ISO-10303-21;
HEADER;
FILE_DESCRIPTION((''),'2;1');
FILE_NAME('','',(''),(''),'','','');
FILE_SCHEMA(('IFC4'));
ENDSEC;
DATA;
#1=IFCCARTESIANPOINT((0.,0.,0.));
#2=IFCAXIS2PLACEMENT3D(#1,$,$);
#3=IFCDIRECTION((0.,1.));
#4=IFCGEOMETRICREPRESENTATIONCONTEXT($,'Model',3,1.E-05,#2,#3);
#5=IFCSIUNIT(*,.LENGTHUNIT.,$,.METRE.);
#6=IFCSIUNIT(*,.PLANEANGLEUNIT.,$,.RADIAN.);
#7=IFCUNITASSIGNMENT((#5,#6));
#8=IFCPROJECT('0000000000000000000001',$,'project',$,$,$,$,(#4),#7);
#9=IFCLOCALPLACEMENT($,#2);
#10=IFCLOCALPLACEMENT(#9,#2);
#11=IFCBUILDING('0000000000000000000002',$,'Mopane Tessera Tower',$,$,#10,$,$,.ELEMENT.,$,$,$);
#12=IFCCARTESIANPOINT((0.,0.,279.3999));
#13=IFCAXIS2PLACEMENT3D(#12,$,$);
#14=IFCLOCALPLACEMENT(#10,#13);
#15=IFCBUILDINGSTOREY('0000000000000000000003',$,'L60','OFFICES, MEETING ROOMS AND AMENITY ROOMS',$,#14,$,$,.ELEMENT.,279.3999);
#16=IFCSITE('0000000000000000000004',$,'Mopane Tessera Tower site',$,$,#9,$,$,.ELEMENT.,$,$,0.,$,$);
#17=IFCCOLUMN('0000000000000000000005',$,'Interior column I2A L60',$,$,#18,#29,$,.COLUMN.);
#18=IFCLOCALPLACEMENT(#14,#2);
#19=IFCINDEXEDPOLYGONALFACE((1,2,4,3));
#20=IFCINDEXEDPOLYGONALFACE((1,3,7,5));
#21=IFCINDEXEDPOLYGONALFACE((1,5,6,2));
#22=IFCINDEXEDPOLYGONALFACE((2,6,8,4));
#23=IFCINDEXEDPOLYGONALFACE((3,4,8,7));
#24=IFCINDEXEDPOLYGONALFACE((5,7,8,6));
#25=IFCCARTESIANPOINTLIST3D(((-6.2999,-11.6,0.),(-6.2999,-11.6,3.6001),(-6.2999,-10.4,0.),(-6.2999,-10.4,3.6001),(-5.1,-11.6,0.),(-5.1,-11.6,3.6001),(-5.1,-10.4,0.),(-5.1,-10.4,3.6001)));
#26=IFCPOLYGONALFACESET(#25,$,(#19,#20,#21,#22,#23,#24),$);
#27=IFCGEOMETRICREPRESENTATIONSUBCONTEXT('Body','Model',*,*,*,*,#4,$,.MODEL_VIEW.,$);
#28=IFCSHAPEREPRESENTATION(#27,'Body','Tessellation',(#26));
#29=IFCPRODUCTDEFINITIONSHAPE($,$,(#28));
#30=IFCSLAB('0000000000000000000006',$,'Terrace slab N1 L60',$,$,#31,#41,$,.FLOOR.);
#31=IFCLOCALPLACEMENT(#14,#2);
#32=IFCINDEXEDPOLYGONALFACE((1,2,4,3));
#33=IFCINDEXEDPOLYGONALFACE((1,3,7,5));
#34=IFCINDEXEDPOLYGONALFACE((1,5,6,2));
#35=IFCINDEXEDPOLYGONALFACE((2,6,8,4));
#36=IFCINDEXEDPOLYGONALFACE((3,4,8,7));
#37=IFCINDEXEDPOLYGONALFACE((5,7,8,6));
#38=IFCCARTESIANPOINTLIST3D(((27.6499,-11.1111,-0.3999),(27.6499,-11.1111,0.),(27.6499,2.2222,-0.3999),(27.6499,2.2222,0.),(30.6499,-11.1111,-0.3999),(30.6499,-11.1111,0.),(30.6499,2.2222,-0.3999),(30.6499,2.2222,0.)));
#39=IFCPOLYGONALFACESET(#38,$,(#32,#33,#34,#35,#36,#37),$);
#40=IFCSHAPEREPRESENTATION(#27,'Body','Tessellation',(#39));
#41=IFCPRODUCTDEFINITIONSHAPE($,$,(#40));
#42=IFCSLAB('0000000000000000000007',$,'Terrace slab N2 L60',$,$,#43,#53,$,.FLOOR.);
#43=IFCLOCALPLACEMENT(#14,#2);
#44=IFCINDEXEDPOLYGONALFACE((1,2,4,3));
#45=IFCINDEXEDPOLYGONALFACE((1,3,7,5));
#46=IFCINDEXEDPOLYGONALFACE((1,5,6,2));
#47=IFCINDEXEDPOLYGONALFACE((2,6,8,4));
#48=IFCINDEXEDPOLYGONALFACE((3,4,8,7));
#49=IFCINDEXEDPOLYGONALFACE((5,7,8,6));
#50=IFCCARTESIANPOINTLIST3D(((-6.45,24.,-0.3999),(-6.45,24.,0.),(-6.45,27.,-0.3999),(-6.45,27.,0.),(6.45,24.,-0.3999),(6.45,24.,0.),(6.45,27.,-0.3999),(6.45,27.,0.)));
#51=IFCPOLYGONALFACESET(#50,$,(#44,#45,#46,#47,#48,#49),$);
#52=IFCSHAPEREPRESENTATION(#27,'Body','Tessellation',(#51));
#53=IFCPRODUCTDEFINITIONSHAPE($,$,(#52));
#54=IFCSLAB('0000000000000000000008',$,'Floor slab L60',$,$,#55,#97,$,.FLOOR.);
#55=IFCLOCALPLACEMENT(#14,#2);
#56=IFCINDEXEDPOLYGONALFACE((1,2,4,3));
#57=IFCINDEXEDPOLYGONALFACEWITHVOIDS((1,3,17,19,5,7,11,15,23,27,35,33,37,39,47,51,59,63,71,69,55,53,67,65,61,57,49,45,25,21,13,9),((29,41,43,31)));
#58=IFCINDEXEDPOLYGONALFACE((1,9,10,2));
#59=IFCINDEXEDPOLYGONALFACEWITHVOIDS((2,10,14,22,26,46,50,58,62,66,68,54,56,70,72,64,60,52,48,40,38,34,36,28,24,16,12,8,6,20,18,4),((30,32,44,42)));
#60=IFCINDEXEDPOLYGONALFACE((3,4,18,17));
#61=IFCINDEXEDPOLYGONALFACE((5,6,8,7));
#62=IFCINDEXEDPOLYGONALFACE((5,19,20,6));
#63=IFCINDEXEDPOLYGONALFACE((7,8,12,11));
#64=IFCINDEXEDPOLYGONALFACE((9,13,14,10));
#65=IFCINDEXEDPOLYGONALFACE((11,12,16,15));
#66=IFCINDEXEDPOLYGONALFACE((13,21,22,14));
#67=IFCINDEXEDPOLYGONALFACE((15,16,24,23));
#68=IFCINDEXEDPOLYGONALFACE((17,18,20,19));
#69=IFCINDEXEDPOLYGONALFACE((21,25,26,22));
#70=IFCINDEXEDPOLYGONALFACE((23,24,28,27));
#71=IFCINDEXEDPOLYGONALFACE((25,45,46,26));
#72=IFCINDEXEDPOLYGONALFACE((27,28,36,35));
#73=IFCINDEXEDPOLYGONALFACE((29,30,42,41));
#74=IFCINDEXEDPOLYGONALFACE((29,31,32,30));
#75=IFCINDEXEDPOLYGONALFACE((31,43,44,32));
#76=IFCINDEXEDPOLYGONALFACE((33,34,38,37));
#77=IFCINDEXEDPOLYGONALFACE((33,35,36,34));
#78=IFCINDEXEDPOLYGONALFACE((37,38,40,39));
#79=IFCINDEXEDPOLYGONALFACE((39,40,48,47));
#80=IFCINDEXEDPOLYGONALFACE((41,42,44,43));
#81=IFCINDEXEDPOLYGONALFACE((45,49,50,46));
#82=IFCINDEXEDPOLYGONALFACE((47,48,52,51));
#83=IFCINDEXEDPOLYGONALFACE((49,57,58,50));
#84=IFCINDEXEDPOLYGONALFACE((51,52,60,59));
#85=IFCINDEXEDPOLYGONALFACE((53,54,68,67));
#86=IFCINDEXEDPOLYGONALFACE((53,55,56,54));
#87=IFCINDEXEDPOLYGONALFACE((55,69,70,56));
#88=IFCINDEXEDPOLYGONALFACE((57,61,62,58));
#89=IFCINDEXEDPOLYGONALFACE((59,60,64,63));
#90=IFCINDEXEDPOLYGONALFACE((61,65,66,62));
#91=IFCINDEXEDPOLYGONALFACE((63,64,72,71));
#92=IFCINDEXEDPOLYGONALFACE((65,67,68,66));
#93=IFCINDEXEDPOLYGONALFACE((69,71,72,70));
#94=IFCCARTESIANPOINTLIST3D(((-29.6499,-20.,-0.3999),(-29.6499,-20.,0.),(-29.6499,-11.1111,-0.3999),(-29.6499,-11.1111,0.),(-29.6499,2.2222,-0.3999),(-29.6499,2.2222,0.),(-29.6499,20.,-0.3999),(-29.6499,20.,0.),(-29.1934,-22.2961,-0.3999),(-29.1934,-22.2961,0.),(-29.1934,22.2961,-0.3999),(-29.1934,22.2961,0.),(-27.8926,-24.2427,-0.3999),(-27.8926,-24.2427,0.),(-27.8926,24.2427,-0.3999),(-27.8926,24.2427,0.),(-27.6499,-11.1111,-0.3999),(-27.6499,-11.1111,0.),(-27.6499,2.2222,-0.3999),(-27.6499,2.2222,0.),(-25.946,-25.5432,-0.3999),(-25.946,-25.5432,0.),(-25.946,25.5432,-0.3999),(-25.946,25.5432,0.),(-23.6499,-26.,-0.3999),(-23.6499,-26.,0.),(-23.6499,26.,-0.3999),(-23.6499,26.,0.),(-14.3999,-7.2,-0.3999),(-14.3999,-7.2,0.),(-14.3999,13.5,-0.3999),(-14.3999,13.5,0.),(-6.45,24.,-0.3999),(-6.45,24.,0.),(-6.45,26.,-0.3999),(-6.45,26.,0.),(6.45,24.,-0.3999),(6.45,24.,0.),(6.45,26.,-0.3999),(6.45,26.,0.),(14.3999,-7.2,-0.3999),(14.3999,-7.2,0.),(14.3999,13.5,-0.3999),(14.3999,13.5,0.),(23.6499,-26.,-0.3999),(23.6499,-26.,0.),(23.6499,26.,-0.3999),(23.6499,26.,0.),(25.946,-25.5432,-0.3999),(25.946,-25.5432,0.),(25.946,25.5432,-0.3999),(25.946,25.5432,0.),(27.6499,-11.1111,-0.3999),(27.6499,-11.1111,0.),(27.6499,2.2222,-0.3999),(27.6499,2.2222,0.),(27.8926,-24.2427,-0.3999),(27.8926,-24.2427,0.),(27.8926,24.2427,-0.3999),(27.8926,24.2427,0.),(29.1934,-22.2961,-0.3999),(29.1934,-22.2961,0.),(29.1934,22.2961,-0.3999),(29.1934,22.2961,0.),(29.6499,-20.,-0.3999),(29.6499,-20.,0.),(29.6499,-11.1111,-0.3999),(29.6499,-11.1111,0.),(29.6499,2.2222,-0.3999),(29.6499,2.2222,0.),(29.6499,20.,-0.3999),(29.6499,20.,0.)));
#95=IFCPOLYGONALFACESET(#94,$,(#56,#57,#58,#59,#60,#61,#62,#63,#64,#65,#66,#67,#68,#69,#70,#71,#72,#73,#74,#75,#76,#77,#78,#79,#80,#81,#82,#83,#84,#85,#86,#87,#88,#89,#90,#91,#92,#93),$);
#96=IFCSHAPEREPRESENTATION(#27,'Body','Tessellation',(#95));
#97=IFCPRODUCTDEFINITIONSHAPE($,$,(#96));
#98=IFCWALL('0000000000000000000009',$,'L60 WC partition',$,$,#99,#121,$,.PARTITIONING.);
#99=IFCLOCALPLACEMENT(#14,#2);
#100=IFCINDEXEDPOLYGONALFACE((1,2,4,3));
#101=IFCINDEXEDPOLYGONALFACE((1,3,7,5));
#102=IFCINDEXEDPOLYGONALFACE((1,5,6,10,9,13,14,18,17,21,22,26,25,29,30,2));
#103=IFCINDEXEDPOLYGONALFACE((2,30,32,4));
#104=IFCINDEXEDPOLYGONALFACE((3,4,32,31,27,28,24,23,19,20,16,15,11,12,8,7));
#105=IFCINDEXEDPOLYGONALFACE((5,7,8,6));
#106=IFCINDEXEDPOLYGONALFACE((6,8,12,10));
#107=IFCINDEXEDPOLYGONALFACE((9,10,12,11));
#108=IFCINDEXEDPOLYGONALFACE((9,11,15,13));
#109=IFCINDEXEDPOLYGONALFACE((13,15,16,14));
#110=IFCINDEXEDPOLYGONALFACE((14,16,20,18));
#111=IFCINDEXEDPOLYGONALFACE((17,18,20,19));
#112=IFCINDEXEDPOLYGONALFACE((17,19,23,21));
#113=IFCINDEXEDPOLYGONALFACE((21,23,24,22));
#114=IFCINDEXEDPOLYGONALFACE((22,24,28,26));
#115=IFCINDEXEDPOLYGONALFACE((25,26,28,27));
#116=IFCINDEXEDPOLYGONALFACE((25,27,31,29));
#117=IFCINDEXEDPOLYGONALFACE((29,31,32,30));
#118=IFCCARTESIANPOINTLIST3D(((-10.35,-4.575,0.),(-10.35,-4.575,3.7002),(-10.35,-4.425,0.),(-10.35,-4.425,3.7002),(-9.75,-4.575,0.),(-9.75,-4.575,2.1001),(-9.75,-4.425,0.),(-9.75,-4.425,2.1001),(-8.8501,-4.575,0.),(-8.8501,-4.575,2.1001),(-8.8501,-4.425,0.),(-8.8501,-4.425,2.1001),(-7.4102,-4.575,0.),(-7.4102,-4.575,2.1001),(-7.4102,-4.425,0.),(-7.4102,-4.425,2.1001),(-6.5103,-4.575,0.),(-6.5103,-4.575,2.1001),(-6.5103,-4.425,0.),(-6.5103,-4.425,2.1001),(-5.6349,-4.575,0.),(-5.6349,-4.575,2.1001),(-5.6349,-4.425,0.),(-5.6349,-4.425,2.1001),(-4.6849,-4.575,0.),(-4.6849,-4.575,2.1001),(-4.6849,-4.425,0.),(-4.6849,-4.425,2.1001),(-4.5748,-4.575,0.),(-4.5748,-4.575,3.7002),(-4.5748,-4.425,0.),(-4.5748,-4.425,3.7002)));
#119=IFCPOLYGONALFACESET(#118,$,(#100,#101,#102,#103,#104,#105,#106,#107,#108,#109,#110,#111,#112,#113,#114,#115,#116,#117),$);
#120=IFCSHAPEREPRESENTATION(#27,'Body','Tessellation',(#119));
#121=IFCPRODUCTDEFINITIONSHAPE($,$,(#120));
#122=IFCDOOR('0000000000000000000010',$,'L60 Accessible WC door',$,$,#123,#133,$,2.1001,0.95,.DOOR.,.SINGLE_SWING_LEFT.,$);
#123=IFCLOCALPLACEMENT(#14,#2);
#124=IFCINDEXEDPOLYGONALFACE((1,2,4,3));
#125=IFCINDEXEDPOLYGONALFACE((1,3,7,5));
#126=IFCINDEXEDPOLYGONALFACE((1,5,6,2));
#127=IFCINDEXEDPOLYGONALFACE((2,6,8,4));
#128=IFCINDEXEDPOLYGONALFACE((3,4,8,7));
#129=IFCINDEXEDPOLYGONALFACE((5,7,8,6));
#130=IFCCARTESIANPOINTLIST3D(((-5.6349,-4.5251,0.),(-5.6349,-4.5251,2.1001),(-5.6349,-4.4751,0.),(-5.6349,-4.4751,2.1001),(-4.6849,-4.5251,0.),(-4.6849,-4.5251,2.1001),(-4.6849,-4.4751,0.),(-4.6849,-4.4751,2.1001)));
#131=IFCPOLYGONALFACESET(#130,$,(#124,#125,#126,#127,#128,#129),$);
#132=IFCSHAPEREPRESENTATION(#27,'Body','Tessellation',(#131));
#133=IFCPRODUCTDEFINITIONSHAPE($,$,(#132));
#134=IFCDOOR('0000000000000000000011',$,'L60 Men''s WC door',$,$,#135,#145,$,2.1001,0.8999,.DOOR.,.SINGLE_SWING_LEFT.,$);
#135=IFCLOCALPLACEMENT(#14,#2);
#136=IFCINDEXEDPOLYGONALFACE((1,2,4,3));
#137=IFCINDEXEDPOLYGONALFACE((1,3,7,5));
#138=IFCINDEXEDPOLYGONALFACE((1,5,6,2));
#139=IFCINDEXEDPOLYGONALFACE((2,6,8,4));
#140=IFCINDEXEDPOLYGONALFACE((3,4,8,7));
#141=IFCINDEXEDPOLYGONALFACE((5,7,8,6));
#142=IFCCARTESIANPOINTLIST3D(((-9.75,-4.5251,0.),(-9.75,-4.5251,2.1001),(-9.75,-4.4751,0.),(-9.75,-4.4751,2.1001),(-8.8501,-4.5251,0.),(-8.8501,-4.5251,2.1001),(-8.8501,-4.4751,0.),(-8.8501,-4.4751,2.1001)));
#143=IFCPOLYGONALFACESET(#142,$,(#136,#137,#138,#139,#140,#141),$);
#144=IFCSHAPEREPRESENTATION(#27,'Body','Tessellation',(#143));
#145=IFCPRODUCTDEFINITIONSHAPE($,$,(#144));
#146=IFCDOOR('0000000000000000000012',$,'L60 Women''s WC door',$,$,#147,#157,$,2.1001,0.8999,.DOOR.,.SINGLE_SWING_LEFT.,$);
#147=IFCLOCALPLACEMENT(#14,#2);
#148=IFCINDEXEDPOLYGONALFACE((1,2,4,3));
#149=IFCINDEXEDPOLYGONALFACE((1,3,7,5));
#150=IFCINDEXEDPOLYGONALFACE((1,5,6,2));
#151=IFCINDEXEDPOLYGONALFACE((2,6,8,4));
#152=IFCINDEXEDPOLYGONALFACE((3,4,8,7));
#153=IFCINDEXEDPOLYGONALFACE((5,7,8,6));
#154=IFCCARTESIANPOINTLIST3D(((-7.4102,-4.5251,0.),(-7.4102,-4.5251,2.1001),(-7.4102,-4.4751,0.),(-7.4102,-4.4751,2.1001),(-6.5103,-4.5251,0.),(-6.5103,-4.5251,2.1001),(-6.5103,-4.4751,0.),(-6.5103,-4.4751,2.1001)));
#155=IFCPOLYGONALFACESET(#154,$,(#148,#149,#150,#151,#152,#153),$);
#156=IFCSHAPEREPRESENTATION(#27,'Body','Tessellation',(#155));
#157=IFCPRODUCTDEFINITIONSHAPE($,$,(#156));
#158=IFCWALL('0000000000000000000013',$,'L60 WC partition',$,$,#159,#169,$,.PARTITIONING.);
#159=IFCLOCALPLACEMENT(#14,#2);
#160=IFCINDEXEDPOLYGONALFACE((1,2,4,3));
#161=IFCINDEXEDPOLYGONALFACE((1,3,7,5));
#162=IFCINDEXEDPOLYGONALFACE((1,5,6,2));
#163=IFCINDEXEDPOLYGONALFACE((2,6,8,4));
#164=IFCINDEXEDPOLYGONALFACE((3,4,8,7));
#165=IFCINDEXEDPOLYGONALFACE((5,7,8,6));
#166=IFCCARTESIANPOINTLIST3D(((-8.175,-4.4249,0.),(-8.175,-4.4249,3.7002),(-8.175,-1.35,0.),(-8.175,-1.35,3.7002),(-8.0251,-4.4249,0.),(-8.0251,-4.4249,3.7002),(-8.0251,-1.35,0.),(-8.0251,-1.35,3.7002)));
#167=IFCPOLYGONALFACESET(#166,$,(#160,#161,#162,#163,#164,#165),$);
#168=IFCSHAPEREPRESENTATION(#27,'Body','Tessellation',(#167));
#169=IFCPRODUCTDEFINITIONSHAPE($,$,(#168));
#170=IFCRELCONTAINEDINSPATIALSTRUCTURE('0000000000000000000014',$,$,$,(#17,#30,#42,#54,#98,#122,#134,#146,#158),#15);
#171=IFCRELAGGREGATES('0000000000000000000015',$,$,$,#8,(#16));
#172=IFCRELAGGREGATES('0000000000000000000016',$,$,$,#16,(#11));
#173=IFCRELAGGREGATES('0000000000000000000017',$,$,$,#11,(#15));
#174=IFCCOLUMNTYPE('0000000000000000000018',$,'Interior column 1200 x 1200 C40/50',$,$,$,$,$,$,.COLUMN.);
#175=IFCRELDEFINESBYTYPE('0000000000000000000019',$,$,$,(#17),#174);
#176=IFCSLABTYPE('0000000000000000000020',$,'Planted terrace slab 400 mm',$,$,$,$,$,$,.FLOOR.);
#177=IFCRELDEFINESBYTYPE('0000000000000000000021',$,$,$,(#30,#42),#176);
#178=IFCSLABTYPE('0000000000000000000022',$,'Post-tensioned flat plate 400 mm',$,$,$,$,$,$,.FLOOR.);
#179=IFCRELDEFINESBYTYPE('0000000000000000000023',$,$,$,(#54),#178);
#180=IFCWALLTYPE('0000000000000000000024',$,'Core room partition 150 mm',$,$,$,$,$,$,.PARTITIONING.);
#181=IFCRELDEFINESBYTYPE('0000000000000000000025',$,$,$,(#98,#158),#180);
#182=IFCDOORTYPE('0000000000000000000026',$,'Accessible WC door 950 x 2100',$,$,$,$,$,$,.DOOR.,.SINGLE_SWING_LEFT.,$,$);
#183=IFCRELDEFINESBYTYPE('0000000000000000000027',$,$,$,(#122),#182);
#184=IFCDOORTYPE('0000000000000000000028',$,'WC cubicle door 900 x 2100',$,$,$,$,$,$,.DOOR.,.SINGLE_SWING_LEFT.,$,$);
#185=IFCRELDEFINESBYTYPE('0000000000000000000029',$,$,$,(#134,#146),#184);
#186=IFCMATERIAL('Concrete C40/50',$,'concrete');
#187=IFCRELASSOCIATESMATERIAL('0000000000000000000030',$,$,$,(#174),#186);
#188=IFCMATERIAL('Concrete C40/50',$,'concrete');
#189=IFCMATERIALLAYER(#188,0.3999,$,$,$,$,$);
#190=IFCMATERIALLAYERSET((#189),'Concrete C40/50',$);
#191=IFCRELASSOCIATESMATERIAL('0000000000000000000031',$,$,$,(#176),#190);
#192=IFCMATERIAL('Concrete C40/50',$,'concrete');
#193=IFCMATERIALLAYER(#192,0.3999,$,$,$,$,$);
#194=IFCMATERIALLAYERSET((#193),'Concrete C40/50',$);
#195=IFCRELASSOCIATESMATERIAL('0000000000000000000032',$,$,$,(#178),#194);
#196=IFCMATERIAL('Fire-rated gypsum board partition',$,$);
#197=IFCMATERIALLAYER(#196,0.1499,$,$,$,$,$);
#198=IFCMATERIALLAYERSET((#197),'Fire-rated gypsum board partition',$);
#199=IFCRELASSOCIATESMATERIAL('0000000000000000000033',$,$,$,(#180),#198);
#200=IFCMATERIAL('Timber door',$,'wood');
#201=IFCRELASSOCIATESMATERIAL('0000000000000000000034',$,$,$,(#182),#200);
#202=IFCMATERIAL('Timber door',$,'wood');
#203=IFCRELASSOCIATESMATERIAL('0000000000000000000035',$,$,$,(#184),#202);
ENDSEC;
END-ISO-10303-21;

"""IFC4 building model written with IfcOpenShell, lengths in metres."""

from ifc_helpers import new_model, si_unit, direction, frame, frame_2d, origin, origin_2d, place, context, subcontext, project, spatial, polyline, rectangle, outline, extrude, material, layer, layer_set, material_profile, profile_set, type_object, element, fill, save


model = new_model("IFC4")

# Units and contexts
model_context = context("Model", 3, precision=1e-05, world=origin(), true_north=direction((0.0, 1.0)))
body_context = subcontext(model_context, "Body", "Model", "MODEL_VIEW")
ifc_project = project(units=[si_unit("LENGTHUNIT", "METRE"), si_unit("PLANEANGLEUNIT", "RADIAN")], contexts=[model_context])

# Site, building, storey
site_placement = place(None, origin())
site = spatial("IfcSite", under=ifc_project, at=site_placement, Name="Mopane Tessera Tower site", CompositionType="ELEMENT", RefElevation=0.0)
building_placement = place(site_placement, origin())
building = spatial("IfcBuilding", under=site, at=building_placement, Name="Mopane Tessera Tower", CompositionType="ELEMENT")
storey_placement = place(building_placement, frame((0.0, 0.0, 279.3999)))
storey = spatial("IfcBuildingStorey", under=building, at=storey_placement, Name="L60", Description="OFFICES, MEETING ROOMS AND AMENITY ROOMS", CompositionType="ELEMENT", Elevation=279.3999)

# Column
ifc_material_1 = material(Name="Concrete C40/50", Category="concrete")
ifc_material_profile = material_profile(ifc_material_1, rectangle(XDim=1.2, YDim=1.2, at=origin_2d()))
ifc_profile_set = profile_set([ifc_material_profile], Name="Concrete C40/50")
column_type = type_object("IfcColumnType", Name="Interior column 1200 x 1200 C40/50", PredefinedType="COLUMN", material=ifc_profile_set)
column_placement = place(storey_placement, frame((-5.7, -11.0, 0.0), z_axis=(0.0, 0.0, 1.0), x_axis=(1.0, 0.0, 0.0)))
element("IfcColumn", 1, at=column_placement, inside=storey, type_object=column_type, Name="Interior column I2A L60", PredefinedType="COLUMN", context=body_context, shape_type="SweptSolid", body=[
    extrude(rectangle(XDim=1.2, YDim=1.2, at=origin_2d()), origin(), (0.0, 0.0, 1.0), 3.6001),
])

# Slabs
ifc_material_2 = material(Name="Concrete C40/50", Category="concrete")
ifc_layer_1 = layer(ifc_material_2, 0.3999)
ifc_layer_set_1 = layer_set([ifc_layer_1], Name="Concrete C40/50")
slab_type_1 = type_object("IfcSlabType", Name="Planted terrace slab 400 mm", PredefinedType="FLOOR", material=ifc_layer_set_1)
slab_1_placement = place(storey_placement, frame((0.0, 0.0, -0.3999)))
element("IfcSlab", 2, at=slab_1_placement, inside=storey, type_object=slab_type_1, Name="Terrace slab N1 L60", PredefinedType="FLOOR", context=body_context, shape_type="SweptSolid", body=[
    extrude(outline(polyline([(30.6499, 2.2222), (27.6499, 2.2222), (27.6499, -11.1111), (30.6499, -11.1111), (30.6499, 2.2222)])), origin(), (0.0, 0.0, 1.0), 0.3999),
])
slab_2_placement = place(storey_placement, frame((0.0, 0.0, -0.3999)))
element("IfcSlab", 3, at=slab_2_placement, inside=storey, type_object=slab_type_1, Name="Terrace slab N2 L60", PredefinedType="FLOOR", context=body_context, shape_type="SweptSolid", body=[
    extrude(outline(polyline([(-6.45, 27.0), (-6.45, 24.0), (6.45, 24.0), (6.45, 27.0), (-6.45, 27.0)])), origin(), (0.0, 0.0, 1.0), 0.3999),
])
ifc_material_3 = material(Name="Concrete C40/50", Category="concrete")
ifc_layer_2 = layer(ifc_material_3, 0.3999)
ifc_layer_set_2 = layer_set([ifc_layer_2], Name="Concrete C40/50")
slab_type_2 = type_object("IfcSlabType", Name="Post-tensioned flat plate 400 mm", PredefinedType="FLOOR", material=ifc_layer_set_2)
slab_3_placement = place(storey_placement, frame((0.0, 0.0, -0.3999)))
element("IfcSlab", 4, at=slab_3_placement, inside=storey, type_object=slab_type_2, Name="Floor slab L60", PredefinedType="FLOOR", context=body_context, shape_type="SweptSolid", body=[
    extrude(outline(polyline([(29.6499, -20.0), (29.6499, -11.1111), (27.6499, -11.1111), (27.6499, 2.2222), (29.6499, 2.2222), (29.6499, 20.0), (29.1934, 22.2961), (27.8926, 24.2427), (25.946, 25.5432), (23.6499, 26.0), (6.45, 26.0), (6.45, 24.0), (-6.45, 24.0), (-6.45, 26.0), (-23.6499, 26.0), (-25.946, 25.5432), (-27.8926, 24.2427), (-29.1934, 22.2961), (-29.6499, 20.0), (-29.6499, 2.2222), (-27.6499, 2.2222), (-27.6499, -11.1111), (-29.6499, -11.1111), (-29.6499, -20.0), (-29.1934, -22.2961), (-27.8926, -24.2427), (-25.946, -25.5432), (-23.6499, -26.0), (23.6499, -26.0), (25.946, -25.5432), (27.8926, -24.2427), (29.1934, -22.2961), (29.6499, -20.0)]), holes=[polyline([(14.3999, -7.2), (-14.3999, -7.2), (-14.3999, 13.5), (14.3999, 13.5), (14.3999, -7.2)])]), origin(), (0.0, 0.0, 1.0), 0.3999),
])

# Wall, openings, doors
ifc_material_4 = material(Name="Fire-rated gypsum board partition")
ifc_layer_3 = layer(ifc_material_4, 0.1499)
ifc_layer_set_3 = layer_set([ifc_layer_3], Name="Fire-rated gypsum board partition")
wall_type_1 = type_object("IfcWallType", Name="Core room partition 150 mm", PredefinedType="PARTITIONING", material=ifc_layer_set_3)
wall_1_placement = place(storey_placement, frame((-10.3501, -4.5, 0.0), z_axis=(0.0, 0.0, 1.0), x_axis=(1.0, 0.0, 0.0)))
wall_1 = element("IfcWall", 5, at=wall_1_placement, inside=storey, type_object=wall_type_1, Name="L60 WC partition", PredefinedType="PARTITIONING", context=body_context, shape_type="SweptSolid", body=[
    extrude(rectangle(XDim=5.7751, YDim=0.1499, at=frame_2d((2.8877, 0.0))), origin(), (0.0, 0.0, 1.0), 3.7002),
])
opening_1_placement = place(wall_1_placement, frame((0.6001, 0.0, 0.0)))
opening_1 = element("IfcOpeningElement", 6, at=opening_1_placement, cuts=wall_1, PredefinedType="OPENING", context=body_context, shape_type="SweptSolid", body=[
    extrude(rectangle(XDim=0.8999, YDim=2.1001, at=frame_2d((0.45, 1.05))), frame((0.0, 0.0869, 0.0), z_axis=(0.0, -1.0, 0.0), x_axis=(1.0, 0.0, 0.0)), (0.0, 0.0, 1.0), 0.1738),
])
opening_2_placement = place(wall_1_placement, frame((2.9399, 0.0, 0.0)))
opening_2 = element("IfcOpeningElement", 7, at=opening_2_placement, cuts=wall_1, PredefinedType="OPENING", context=body_context, shape_type="SweptSolid", body=[
    extrude(rectangle(XDim=0.8999, YDim=2.1001, at=frame_2d((0.45, 1.05))), frame((0.0, 0.0869, 0.0), z_axis=(0.0, -1.0, 0.0), x_axis=(1.0, 0.0, 0.0)), (0.0, 0.0, 1.0), 0.1738),
])
opening_3_placement = place(wall_1_placement, frame((4.7151, 0.0, 0.0)))
opening_3 = element("IfcOpeningElement", 8, at=opening_3_placement, cuts=wall_1, PredefinedType="OPENING", context=body_context, shape_type="SweptSolid", body=[
    extrude(rectangle(XDim=0.95, YDim=2.1001, at=frame_2d((0.4751, 1.05))), frame((0.0, 0.0869, 0.0), z_axis=(0.0, -1.0, 0.0), x_axis=(1.0, 0.0, 0.0)), (0.0, 0.0, 1.0), 0.1738),
])
ifc_material_5 = material(Name="Timber door", Category="wood")
door_type_1 = type_object("IfcDoorType", Name="Accessible WC door 950 x 2100", OperationType="SINGLE_SWING_LEFT", PredefinedType="DOOR", material=ifc_material_5)
door_1_placement = place(opening_3_placement, origin())
door_1 = element("IfcDoor", 9, at=door_1_placement, inside=storey, type_object=door_type_1, Name="L60 Accessible WC door", OperationType="SINGLE_SWING_LEFT", OverallHeight=2.1001, OverallWidth=0.95, PredefinedType="DOOR", context=body_context, shape_type="SweptSolid", body=[
    extrude(rectangle(XDim=0.95, YDim=2.1001, at=frame_2d((0.4751, 1.05))), frame((0.0, 0.0249, 0.0), z_axis=(0.0, -1.0, 0.0), x_axis=(1.0, 0.0, 0.0)), (0.0, 0.0, 1.0), 0.05),
])
fill(opening_3, door_1)
ifc_material_6 = material(Name="Timber door", Category="wood")
door_type_2 = type_object("IfcDoorType", Name="WC cubicle door 900 x 2100", OperationType="SINGLE_SWING_LEFT", PredefinedType="DOOR", material=ifc_material_6)
door_2_placement = place(opening_1_placement, origin())
door_2 = element("IfcDoor", 10, at=door_2_placement, inside=storey, type_object=door_type_2, Name="L60 Men's WC door", OperationType="SINGLE_SWING_LEFT", OverallHeight=2.1001, OverallWidth=0.8999, PredefinedType="DOOR", context=body_context, shape_type="SweptSolid", body=[
    extrude(rectangle(XDim=0.8999, YDim=2.1001, at=frame_2d((0.45, 1.05))), frame((0.0, 0.0249, 0.0), z_axis=(0.0, -1.0, 0.0), x_axis=(1.0, 0.0, 0.0)), (0.0, 0.0, 1.0), 0.05),
])
fill(opening_1, door_2)
door_3_placement = place(opening_2_placement, origin())
door_3 = element("IfcDoor", 11, at=door_3_placement, inside=storey, type_object=door_type_2, Name="L60 Women's WC door", OperationType="SINGLE_SWING_LEFT", OverallHeight=2.1001, OverallWidth=0.8999, PredefinedType="DOOR", context=body_context, shape_type="SweptSolid", body=[
    extrude(rectangle(XDim=0.8999, YDim=2.1001, at=frame_2d((0.45, 1.05))), frame((0.0, 0.0249, 0.0), z_axis=(0.0, -1.0, 0.0), x_axis=(1.0, 0.0, 0.0)), (0.0, 0.0, 1.0), 0.05),
])
fill(opening_2, door_3)

# Wall
for number, where, z_axis, x_axis, name in (
    (12, (-8.1001, -4.425, 0.0), (0.0, 0.0, 1.0), (0.0, 1.0, 0.0), "L60 WC partition"),
):
    element("IfcWall", number, at=place(storey_placement, frame(where, z_axis=z_axis, x_axis=x_axis)), inside=storey, type_object=wall_type_1, Name=name, PredefinedType="PARTITIONING", context=body_context, shape_type="SweptSolid", body=[
        extrude(rectangle(XDim=3.075, YDim=0.1499, at=frame_2d((1.5376, 0.0))), origin(), (0.0, 0.0, 1.0), 3.7002),
    ])

save(model, "model.ifc")
